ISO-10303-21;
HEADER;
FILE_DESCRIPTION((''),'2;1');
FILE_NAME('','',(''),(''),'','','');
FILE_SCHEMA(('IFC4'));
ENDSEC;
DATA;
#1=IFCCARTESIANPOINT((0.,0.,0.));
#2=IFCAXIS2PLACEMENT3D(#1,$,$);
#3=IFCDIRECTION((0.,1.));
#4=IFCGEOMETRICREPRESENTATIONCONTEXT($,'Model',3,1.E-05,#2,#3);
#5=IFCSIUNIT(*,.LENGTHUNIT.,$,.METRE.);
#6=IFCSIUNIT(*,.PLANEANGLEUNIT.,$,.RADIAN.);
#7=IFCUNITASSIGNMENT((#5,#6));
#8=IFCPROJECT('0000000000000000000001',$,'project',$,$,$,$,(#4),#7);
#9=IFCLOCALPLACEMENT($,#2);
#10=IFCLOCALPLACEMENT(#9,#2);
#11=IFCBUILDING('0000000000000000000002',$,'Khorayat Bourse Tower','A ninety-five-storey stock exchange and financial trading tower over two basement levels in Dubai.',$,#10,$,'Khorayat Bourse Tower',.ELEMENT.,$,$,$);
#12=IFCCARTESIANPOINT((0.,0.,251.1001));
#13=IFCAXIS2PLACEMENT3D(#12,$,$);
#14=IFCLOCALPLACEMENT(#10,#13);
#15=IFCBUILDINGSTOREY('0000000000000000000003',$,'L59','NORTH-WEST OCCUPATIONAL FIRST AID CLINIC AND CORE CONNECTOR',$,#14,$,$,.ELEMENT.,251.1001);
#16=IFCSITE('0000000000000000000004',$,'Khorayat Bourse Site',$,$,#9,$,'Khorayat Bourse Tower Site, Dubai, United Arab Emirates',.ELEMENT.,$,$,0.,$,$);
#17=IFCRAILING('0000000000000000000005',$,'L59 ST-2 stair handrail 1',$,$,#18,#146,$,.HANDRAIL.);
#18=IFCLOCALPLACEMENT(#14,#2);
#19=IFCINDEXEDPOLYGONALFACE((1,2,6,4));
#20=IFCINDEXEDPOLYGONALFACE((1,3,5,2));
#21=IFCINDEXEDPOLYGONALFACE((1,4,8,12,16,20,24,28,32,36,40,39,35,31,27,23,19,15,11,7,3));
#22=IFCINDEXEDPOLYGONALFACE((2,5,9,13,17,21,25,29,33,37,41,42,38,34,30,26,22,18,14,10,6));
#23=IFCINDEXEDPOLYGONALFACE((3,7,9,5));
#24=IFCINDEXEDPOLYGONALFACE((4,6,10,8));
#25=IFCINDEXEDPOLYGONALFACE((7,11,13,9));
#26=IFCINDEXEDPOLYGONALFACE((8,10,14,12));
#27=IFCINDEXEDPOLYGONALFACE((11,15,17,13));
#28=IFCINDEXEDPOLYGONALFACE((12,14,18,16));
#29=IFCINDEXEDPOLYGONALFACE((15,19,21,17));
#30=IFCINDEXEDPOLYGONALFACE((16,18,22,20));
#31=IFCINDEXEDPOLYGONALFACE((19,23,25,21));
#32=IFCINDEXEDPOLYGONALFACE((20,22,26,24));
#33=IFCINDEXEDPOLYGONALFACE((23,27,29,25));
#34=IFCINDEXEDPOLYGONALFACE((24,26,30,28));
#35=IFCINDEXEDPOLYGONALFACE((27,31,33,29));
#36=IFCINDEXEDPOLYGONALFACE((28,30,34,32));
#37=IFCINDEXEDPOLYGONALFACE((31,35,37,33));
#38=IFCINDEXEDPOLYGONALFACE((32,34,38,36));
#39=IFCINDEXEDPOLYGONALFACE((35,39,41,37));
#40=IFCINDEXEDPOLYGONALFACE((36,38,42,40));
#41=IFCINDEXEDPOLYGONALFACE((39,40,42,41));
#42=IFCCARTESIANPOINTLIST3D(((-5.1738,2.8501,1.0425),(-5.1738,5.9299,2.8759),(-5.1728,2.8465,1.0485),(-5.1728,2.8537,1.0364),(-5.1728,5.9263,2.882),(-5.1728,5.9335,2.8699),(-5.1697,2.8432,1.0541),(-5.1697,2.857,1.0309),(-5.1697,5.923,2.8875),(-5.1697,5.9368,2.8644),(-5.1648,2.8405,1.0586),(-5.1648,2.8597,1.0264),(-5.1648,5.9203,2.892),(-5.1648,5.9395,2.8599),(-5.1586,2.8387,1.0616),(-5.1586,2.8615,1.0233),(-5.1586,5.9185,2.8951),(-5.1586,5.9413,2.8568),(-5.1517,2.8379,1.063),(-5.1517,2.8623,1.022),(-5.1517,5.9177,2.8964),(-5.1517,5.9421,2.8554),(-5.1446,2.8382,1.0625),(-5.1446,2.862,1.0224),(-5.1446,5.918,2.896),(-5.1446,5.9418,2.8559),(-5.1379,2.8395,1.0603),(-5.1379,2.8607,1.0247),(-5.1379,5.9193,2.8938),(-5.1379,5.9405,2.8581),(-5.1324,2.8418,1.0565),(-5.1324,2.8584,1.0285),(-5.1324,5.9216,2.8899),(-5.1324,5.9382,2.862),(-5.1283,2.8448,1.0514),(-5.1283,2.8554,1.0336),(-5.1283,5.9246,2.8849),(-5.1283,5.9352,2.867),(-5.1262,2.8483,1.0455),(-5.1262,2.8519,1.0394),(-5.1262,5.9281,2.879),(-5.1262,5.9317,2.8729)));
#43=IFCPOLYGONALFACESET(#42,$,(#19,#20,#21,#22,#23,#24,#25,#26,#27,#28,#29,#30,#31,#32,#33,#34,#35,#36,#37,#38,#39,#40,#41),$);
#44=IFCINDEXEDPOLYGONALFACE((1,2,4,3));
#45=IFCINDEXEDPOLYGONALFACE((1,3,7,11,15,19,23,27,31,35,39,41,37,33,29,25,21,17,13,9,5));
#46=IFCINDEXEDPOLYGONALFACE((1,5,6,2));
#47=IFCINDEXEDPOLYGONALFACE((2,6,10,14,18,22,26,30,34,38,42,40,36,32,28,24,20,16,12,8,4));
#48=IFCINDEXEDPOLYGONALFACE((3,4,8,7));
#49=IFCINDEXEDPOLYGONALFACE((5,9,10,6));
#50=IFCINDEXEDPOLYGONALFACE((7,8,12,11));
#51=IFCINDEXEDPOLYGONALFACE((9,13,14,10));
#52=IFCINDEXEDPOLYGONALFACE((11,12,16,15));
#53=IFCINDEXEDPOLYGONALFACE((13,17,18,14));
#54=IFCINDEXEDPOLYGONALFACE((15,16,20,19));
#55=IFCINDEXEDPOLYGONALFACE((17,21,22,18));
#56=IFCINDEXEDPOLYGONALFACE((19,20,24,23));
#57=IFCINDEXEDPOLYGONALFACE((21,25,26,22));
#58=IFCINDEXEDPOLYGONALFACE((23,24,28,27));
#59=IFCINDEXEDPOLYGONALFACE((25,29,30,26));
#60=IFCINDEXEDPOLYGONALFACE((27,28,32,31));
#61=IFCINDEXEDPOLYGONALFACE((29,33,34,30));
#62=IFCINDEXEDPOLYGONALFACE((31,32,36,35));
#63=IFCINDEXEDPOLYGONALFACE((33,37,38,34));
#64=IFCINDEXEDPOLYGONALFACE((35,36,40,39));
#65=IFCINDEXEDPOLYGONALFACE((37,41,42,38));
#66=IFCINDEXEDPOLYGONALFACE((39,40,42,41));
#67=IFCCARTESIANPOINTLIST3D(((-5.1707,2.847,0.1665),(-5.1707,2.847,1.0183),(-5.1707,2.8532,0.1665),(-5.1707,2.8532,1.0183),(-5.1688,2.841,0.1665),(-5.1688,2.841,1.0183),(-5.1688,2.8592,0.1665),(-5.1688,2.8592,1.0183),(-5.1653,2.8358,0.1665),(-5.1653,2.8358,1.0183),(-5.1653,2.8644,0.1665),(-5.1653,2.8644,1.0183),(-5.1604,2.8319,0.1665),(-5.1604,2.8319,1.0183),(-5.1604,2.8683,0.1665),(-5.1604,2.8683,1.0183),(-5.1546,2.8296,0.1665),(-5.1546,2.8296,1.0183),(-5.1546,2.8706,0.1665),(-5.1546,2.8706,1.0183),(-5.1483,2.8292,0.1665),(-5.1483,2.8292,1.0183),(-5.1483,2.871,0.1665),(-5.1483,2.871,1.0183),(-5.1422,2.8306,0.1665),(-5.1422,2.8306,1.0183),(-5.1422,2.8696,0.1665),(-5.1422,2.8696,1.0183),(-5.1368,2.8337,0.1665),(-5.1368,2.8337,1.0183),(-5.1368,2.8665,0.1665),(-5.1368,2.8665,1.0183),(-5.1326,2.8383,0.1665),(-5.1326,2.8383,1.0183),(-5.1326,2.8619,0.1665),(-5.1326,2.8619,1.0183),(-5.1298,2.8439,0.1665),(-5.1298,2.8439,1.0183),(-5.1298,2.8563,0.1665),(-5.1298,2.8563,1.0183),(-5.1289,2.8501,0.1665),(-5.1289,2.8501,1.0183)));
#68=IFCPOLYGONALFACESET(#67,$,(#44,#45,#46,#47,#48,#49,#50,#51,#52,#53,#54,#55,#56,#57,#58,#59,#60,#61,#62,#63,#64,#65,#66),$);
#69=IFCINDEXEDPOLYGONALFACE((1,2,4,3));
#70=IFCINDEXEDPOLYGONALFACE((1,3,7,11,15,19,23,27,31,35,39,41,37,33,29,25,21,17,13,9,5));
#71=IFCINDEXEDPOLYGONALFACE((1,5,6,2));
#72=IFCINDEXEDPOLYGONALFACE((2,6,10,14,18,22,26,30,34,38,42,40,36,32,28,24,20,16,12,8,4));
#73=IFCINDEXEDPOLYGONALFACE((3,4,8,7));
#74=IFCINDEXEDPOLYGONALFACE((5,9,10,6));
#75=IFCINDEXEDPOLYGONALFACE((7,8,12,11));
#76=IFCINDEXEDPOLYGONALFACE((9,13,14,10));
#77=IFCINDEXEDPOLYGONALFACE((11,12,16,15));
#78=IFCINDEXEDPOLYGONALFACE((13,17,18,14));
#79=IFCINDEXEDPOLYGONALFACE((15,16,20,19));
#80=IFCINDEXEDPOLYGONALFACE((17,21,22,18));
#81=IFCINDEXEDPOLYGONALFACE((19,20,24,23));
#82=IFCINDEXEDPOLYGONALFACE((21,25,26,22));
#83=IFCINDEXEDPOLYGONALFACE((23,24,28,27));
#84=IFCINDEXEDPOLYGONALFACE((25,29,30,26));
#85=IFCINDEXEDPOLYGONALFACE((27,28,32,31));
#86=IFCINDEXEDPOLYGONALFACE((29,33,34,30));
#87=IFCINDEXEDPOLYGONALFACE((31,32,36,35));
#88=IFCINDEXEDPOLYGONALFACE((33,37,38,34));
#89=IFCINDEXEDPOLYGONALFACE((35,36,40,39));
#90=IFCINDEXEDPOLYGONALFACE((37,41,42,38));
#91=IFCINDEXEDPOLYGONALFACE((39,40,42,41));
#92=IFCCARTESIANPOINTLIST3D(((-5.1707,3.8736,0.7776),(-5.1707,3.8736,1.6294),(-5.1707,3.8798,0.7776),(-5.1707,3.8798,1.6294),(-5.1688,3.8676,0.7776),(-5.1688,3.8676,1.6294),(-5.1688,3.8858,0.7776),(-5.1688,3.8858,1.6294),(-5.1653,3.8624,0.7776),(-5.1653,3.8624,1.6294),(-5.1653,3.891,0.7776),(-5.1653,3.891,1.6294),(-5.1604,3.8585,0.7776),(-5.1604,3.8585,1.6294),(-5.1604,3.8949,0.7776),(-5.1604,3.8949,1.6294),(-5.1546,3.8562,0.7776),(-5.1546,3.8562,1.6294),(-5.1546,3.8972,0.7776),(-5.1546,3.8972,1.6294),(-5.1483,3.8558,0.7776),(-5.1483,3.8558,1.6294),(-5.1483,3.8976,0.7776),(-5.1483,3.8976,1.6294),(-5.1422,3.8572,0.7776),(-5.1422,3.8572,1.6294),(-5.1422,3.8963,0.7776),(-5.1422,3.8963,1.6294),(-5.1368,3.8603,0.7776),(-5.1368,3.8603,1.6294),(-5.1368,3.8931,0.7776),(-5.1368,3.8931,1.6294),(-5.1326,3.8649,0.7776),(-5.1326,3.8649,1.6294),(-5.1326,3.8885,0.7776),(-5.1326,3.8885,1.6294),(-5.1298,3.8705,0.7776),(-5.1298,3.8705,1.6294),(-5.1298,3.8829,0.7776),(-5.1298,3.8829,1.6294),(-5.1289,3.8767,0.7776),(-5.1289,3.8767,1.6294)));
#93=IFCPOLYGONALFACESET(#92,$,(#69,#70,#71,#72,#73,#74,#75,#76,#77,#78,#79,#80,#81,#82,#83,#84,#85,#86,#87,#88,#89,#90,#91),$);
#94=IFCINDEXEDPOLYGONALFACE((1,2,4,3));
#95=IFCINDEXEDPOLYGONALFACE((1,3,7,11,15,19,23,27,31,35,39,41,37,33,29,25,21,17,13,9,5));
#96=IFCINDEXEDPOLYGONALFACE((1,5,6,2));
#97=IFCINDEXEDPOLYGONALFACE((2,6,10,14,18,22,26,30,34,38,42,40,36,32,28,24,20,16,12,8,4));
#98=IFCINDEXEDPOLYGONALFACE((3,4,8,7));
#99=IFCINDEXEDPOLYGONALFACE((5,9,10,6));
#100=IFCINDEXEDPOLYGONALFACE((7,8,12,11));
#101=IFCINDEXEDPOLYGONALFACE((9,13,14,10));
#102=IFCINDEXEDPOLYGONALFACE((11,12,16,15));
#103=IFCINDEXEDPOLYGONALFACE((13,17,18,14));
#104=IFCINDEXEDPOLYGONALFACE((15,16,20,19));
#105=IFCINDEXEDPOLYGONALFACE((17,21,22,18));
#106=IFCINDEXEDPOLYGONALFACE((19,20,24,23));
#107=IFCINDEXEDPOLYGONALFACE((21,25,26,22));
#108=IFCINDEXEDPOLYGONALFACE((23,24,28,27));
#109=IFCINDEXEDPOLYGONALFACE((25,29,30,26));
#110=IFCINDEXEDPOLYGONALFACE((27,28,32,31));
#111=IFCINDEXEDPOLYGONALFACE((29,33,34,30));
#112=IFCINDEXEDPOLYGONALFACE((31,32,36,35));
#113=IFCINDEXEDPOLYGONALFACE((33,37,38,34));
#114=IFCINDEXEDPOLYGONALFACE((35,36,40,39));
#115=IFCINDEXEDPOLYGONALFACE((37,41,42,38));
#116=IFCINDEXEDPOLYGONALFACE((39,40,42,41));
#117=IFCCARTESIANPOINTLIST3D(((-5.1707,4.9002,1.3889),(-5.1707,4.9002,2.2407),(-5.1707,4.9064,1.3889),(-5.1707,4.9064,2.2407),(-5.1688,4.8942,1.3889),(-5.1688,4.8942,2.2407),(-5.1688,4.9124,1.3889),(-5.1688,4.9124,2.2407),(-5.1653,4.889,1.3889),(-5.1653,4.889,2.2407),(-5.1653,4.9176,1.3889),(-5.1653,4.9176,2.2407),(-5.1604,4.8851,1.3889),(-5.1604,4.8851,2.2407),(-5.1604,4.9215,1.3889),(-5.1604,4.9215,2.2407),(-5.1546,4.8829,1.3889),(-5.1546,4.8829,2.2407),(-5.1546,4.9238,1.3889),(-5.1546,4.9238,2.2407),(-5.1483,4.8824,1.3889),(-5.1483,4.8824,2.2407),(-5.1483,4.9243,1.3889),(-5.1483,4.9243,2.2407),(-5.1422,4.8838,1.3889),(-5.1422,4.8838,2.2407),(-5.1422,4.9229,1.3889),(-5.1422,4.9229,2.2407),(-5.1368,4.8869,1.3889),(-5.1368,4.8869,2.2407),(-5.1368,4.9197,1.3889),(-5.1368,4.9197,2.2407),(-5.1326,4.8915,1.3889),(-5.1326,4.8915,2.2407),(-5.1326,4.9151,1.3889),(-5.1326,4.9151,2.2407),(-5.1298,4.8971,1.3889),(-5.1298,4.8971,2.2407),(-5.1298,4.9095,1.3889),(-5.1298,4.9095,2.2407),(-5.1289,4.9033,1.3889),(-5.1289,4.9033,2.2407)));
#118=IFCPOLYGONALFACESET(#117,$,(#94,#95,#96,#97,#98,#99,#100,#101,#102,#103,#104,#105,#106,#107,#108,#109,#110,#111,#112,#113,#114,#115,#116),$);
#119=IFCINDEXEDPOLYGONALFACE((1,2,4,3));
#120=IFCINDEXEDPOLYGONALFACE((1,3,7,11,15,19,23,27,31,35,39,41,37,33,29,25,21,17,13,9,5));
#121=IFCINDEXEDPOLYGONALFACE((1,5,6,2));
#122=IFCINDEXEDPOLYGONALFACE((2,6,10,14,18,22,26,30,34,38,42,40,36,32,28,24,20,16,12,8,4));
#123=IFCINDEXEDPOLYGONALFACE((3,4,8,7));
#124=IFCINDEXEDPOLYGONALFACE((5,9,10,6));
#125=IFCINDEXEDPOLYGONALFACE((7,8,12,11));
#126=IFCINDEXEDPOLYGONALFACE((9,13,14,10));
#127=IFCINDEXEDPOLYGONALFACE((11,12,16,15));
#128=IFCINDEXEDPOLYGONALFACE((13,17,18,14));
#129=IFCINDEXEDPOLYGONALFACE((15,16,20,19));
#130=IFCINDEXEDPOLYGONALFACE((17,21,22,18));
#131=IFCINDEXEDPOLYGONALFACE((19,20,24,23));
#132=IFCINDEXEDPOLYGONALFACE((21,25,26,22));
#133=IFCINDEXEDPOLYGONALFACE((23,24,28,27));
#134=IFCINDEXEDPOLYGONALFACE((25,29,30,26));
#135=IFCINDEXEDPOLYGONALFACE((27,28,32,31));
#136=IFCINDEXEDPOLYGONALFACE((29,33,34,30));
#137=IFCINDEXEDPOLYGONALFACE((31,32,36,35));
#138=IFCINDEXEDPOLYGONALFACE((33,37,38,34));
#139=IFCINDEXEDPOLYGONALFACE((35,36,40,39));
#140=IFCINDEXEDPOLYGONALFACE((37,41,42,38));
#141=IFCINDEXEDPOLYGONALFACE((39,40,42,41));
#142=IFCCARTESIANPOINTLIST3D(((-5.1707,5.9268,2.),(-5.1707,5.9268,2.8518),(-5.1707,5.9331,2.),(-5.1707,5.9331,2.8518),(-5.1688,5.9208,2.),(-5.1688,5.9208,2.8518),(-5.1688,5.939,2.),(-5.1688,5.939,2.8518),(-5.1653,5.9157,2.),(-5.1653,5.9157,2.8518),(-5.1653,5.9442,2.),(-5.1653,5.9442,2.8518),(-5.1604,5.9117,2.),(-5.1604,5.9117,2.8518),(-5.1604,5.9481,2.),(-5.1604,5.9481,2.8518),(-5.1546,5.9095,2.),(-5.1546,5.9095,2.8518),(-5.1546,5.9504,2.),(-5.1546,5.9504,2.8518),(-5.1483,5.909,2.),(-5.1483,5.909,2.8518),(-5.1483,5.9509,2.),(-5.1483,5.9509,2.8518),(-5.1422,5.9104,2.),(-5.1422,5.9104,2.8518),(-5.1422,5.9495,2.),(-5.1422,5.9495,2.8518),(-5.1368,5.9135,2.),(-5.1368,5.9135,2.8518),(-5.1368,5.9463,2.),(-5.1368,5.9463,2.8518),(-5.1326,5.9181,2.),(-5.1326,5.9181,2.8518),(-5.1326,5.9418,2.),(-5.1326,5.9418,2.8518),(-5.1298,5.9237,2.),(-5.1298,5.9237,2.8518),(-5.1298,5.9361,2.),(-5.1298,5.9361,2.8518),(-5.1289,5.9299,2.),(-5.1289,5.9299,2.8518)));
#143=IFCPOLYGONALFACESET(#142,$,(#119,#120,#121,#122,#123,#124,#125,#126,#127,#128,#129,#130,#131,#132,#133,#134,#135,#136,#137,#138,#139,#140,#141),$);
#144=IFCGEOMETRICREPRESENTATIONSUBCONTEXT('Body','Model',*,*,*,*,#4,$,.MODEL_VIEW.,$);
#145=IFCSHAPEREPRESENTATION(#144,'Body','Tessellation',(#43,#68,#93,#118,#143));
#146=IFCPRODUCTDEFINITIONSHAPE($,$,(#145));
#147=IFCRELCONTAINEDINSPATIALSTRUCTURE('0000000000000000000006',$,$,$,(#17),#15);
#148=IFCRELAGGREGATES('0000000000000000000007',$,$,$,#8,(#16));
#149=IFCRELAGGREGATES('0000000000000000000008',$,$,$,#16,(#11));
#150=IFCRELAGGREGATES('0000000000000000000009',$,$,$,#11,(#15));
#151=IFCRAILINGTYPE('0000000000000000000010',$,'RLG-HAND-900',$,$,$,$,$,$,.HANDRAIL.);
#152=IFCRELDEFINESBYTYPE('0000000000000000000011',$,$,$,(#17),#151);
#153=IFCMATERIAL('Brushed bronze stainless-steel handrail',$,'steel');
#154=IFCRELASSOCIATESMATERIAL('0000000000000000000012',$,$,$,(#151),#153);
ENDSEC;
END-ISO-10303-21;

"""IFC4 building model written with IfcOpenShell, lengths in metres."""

from ifc_helpers import new_model, si_unit, direction, frame, origin, origin_2d, place, context, subcontext, project, spatial, circle, extrude, source, transform, mapped, material, type_object, element, save


model = new_model("IFC4")

# Units and contexts
model_context = context("Model", 3, precision=1e-05, world=origin(), true_north=direction((0.0, 1.0)))
body_context = subcontext(model_context, "Body", "Model", "MODEL_VIEW")
ifc_project = project(units=[si_unit("LENGTHUNIT", "METRE"), si_unit("PLANEANGLEUNIT", "RADIAN")], contexts=[model_context])

# Site, building, storey
site_placement = place(None, origin())
site = spatial("IfcSite", under=ifc_project, at=site_placement, Name="Khorayat Bourse Site", LongName="Khorayat Bourse Tower Site, Dubai, United Arab Emirates", CompositionType="ELEMENT", RefElevation=0.0)
building_placement = place(site_placement, origin())
building = spatial("IfcBuilding", under=site, at=building_placement, Name="Khorayat Bourse Tower", Description="A ninety-five-storey stock exchange and financial trading tower over two basement levels in Dubai.", LongName="Khorayat Bourse Tower", CompositionType="ELEMENT")
storey_placement = place(building_placement, frame((0.0, 0.0, 251.1001)))
storey = spatial("IfcBuildingStorey", under=building, at=storey_placement, Name="L59", Description="NORTH-WEST OCCUPATIONAL FIRST AID CLINIC AND CORE CONNECTOR", CompositionType="ELEMENT", Elevation=251.1001)

# Railing
ifc_material_1 = material(Name="Brushed bronze stainless-steel handrail", Category="steel")
railing_type_1 = type_object("IfcRailingType", Name="RLG-HAND-900", PredefinedType="HANDRAIL", material=ifc_material_1)
shared_shape_1 = source(origin(), body_context, "Body", "SweptSolid", [
    extrude(circle(Radius=0.0239, at=origin_2d()), frame((0.0, 0.0, 0.876), z_axis=(0.0, 0.859261, 0.511538), x_axis=(-1.0, 0.0, 0.0)), (0.0, 0.0, 1.0), 3.5842),
    extrude(circle(Radius=0.021, at=origin_2d()), origin(), (0.0, 0.0, 1.0), 0.8518),
    extrude(circle(Radius=0.021, at=origin_2d()), frame((0.0, 1.0266, 0.6111)), (0.0, 0.0, 1.0), 0.8518),
    extrude(circle(Radius=0.021, at=origin_2d()), frame((0.0, 2.0532, 1.2224)), (0.0, 0.0, 1.0), 0.8518),
    extrude(circle(Radius=0.021, at=origin_2d()), frame((0.0, 3.0798, 1.8335)), (0.0, 0.0, 1.0), 0.8518),
])
railing_1_placement = place(storey_placement, frame((-5.1499, 2.8501, 0.1665)))
element("IfcRailing", 1, at=railing_1_placement, inside=storey, type_object=railing_type_1, Name="L59 ST-2 stair handrail 1", PredefinedType="HANDRAIL", context=body_context, shape_type="MappedRepresentation", body=[
    mapped(shared_shape_1, transform((0.0, 0.0, 0.0), scale=1.0)),
])

save(model, "model.ifc")
